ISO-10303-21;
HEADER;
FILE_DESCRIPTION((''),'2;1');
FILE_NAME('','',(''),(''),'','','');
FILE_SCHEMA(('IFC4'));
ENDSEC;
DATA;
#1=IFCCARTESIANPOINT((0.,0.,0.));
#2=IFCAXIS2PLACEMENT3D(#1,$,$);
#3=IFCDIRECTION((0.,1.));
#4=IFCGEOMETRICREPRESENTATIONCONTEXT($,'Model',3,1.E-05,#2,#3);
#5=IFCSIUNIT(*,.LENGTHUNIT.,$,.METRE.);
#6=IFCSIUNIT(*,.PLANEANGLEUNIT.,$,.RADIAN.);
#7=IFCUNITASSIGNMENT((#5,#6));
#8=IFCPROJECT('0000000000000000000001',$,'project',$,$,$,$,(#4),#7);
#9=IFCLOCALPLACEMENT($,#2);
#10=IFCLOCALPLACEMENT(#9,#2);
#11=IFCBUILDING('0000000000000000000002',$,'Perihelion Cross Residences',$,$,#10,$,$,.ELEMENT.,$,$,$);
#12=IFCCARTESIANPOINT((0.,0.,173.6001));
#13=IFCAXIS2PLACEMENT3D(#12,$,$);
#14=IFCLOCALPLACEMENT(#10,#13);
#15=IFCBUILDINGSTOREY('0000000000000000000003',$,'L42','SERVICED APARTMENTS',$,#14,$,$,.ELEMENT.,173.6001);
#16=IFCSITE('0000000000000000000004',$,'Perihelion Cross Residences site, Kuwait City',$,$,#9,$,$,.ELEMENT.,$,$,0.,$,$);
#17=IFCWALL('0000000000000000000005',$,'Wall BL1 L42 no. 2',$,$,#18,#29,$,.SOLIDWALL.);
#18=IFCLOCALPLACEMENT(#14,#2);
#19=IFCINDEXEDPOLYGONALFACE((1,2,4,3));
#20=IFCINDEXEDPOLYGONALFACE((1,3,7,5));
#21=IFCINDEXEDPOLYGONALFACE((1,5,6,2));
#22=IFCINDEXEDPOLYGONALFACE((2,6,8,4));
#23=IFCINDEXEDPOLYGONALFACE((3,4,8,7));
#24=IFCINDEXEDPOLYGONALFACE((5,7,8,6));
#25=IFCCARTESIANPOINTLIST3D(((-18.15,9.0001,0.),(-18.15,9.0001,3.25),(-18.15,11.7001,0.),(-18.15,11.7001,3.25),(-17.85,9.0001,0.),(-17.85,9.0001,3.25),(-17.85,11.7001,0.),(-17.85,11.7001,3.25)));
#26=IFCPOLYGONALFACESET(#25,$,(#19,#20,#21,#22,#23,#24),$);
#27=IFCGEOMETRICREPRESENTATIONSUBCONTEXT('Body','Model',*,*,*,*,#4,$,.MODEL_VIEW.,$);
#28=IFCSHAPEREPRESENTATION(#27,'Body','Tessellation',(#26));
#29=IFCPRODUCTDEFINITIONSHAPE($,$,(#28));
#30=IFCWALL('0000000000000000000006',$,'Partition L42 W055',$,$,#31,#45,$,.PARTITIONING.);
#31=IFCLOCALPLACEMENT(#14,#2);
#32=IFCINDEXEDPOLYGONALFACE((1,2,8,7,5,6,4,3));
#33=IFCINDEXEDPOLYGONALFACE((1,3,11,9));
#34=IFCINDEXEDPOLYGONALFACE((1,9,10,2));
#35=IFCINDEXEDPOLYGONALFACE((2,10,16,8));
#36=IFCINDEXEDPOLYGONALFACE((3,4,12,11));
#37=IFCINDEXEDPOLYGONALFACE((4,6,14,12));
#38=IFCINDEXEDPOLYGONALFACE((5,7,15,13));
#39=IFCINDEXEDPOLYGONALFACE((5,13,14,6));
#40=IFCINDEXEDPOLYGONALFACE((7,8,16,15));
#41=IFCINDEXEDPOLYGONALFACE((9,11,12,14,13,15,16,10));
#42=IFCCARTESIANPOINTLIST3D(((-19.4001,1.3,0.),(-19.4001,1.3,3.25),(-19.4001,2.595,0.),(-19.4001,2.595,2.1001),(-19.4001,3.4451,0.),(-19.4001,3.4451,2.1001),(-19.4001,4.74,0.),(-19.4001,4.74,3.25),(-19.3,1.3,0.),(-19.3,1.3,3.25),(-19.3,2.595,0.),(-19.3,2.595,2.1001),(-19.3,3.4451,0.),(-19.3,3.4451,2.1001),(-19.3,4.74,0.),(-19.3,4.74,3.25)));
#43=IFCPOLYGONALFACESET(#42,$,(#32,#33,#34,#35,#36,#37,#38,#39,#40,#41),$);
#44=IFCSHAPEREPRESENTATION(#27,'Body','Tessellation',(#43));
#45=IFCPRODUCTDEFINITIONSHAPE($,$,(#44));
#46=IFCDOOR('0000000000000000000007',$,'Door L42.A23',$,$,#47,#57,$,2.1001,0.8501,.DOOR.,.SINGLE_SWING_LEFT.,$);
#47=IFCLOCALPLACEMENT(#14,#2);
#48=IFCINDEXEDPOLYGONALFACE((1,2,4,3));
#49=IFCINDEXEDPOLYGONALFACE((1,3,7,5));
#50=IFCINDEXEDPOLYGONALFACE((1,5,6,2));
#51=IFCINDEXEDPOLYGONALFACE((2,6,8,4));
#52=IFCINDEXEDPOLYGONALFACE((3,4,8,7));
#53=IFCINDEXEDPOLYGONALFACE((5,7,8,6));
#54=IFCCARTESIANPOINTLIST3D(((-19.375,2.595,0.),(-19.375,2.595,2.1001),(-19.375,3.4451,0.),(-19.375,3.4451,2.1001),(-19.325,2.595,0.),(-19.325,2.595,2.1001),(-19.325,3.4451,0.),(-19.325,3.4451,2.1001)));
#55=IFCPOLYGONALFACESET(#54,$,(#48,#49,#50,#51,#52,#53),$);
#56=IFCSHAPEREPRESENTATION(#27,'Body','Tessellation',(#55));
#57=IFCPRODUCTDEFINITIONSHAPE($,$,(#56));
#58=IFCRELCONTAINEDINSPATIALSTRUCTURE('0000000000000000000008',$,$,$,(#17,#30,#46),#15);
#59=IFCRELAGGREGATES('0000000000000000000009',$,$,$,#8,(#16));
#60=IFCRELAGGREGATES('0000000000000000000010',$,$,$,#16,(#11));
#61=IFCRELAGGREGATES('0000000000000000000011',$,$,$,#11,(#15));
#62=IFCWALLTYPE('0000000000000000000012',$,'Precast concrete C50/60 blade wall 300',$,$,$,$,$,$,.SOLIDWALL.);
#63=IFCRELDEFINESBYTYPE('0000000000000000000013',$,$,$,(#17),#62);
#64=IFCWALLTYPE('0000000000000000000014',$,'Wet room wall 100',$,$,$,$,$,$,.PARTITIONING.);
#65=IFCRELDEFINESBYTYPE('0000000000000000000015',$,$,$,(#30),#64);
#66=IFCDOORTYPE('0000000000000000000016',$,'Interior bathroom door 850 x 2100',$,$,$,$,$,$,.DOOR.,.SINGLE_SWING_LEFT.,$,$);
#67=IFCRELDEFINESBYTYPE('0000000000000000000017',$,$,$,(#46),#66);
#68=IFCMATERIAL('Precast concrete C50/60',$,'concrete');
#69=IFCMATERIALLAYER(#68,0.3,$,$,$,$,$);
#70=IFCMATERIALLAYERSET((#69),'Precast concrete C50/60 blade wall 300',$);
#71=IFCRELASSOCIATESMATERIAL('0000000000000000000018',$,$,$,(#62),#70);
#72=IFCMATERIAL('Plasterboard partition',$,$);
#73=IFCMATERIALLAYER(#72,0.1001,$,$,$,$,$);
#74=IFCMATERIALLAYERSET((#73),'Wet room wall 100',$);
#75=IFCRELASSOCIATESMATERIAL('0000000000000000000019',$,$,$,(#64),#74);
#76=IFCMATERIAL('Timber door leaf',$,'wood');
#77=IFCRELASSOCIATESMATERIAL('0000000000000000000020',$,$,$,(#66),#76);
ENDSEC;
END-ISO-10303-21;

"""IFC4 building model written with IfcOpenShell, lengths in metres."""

from ifc_helpers import new_model, si_unit, direction, frame, frame_2d, origin, place, context, subcontext, project, spatial, rectangle, extrude, material, layer, layer_set, type_object, element, fill, save


model = new_model("IFC4")

# Units and contexts
model_context = context("Model", 3, precision=1e-05, world=origin(), true_north=direction((0.0, 1.0)))
body_context = subcontext(model_context, "Body", "Model", "MODEL_VIEW")
ifc_project = project(units=[si_unit("LENGTHUNIT", "METRE"), si_unit("PLANEANGLEUNIT", "RADIAN")], contexts=[model_context])

# Site, building, storey
site_placement = place(None, origin())
site = spatial("IfcSite", under=ifc_project, at=site_placement, Name="Perihelion Cross Residences site, Kuwait City", CompositionType="ELEMENT", RefElevation=0.0)
building_placement = place(site_placement, origin())
building = spatial("IfcBuilding", under=site, at=building_placement, Name="Perihelion Cross Residences", CompositionType="ELEMENT")
storey_placement = place(building_placement, frame((0.0, 0.0, 173.6001)))
storey = spatial("IfcBuildingStorey", under=building, at=storey_placement, Name="L42", Description="SERVICED APARTMENTS", CompositionType="ELEMENT", Elevation=173.6001)

# Wall
ifc_material_1 = material(Name="Precast concrete C50/60", Category="concrete")
ifc_layer_1 = layer(ifc_material_1, 0.3)
ifc_layer_set_1 = layer_set([ifc_layer_1], Name="Precast concrete C50/60 blade wall 300")
wall_type_1 = type_object("IfcWallType", Name="Precast concrete C50/60 blade wall 300", PredefinedType="SOLIDWALL", material=ifc_layer_set_1)
for number, where, z_axis, x_axis, name in (
    (1, (-18.0, 9.0, 0.0), (0.0, 0.0, 1.0), (0.0, 1.0, 0.0), "Wall BL1 L42 no. 2"),
):
    element("IfcWall", number, at=place(storey_placement, frame(where, z_axis=z_axis, x_axis=x_axis)), inside=storey, type_object=wall_type_1, Name=name, PredefinedType="SOLIDWALL", context=body_context, shape_type="SweptSolid", body=[
        extrude(rectangle(XDim=2.7, YDim=0.3, at=frame_2d((1.3501, 0.0))), origin(), (0.0, 0.0, 1.0), 3.25),
    ])

# Wall, opening, door
ifc_material_2 = material(Name="Plasterboard partition")
ifc_layer_2 = layer(ifc_material_2, 0.1001)
ifc_layer_set_2 = layer_set([ifc_layer_2], Name="Wet room wall 100")
wall_type_2 = type_object("IfcWallType", Name="Wet room wall 100", PredefinedType="PARTITIONING", material=ifc_layer_set_2)
wall_1_placement = place(storey_placement, frame((-19.3501, 1.3, 0.0), z_axis=(0.0, 0.0, 1.0), x_axis=(0.0, 1.0, 0.0)))
wall_1 = element("IfcWall", 2, at=wall_1_placement, inside=storey, type_object=wall_type_2, Name="Partition L42 W055", PredefinedType="PARTITIONING", context=body_context, shape_type="SweptSolid", body=[
    extrude(rectangle(XDim=3.4399, YDim=0.1001, at=frame_2d((1.72, 0.0))), origin(), (0.0, 0.0, 1.0), 3.25),
])
opening_1_placement = place(wall_1_placement, frame((1.2949, 0.0, 0.0)))
opening_1 = element("IfcOpeningElement", 3, at=opening_1_placement, cuts=wall_1, PredefinedType="OPENING", context=body_context, shape_type="SweptSolid", body=[
    extrude(rectangle(XDim=0.8501, YDim=2.1001, at=frame_2d((0.425, 1.05))), frame((0.0, 0.0601, 0.0), z_axis=(0.0, -1.0, 0.0), x_axis=(1.0, 0.0, 0.0)), (0.0, 0.0, 1.0), 0.1201),
])
ifc_material_3 = material(Name="Timber door leaf", Category="wood")
door_type_1 = type_object("IfcDoorType", Name="Interior bathroom door 850 x 2100", OperationType="SINGLE_SWING_LEFT", PredefinedType="DOOR", material=ifc_material_3)
door_1_placement = place(opening_1_placement, origin())
door_1 = element("IfcDoor", 4, at=door_1_placement, inside=storey, type_object=door_type_1, Name="Door L42.A23", OperationType="SINGLE_SWING_LEFT", OverallHeight=2.1001, OverallWidth=0.8501, PredefinedType="DOOR", context=body_context, shape_type="SweptSolid", body=[
    extrude(rectangle(XDim=0.8501, YDim=2.1001, at=frame_2d((0.425, 1.05))), frame((0.0, 0.0249, 0.0), z_axis=(0.0, -1.0, 0.0), x_axis=(1.0, 0.0, 0.0)), (0.0, 0.0, 1.0), 0.05),
])
fill(opening_1, door_1)

save(model, "model.ifc")
